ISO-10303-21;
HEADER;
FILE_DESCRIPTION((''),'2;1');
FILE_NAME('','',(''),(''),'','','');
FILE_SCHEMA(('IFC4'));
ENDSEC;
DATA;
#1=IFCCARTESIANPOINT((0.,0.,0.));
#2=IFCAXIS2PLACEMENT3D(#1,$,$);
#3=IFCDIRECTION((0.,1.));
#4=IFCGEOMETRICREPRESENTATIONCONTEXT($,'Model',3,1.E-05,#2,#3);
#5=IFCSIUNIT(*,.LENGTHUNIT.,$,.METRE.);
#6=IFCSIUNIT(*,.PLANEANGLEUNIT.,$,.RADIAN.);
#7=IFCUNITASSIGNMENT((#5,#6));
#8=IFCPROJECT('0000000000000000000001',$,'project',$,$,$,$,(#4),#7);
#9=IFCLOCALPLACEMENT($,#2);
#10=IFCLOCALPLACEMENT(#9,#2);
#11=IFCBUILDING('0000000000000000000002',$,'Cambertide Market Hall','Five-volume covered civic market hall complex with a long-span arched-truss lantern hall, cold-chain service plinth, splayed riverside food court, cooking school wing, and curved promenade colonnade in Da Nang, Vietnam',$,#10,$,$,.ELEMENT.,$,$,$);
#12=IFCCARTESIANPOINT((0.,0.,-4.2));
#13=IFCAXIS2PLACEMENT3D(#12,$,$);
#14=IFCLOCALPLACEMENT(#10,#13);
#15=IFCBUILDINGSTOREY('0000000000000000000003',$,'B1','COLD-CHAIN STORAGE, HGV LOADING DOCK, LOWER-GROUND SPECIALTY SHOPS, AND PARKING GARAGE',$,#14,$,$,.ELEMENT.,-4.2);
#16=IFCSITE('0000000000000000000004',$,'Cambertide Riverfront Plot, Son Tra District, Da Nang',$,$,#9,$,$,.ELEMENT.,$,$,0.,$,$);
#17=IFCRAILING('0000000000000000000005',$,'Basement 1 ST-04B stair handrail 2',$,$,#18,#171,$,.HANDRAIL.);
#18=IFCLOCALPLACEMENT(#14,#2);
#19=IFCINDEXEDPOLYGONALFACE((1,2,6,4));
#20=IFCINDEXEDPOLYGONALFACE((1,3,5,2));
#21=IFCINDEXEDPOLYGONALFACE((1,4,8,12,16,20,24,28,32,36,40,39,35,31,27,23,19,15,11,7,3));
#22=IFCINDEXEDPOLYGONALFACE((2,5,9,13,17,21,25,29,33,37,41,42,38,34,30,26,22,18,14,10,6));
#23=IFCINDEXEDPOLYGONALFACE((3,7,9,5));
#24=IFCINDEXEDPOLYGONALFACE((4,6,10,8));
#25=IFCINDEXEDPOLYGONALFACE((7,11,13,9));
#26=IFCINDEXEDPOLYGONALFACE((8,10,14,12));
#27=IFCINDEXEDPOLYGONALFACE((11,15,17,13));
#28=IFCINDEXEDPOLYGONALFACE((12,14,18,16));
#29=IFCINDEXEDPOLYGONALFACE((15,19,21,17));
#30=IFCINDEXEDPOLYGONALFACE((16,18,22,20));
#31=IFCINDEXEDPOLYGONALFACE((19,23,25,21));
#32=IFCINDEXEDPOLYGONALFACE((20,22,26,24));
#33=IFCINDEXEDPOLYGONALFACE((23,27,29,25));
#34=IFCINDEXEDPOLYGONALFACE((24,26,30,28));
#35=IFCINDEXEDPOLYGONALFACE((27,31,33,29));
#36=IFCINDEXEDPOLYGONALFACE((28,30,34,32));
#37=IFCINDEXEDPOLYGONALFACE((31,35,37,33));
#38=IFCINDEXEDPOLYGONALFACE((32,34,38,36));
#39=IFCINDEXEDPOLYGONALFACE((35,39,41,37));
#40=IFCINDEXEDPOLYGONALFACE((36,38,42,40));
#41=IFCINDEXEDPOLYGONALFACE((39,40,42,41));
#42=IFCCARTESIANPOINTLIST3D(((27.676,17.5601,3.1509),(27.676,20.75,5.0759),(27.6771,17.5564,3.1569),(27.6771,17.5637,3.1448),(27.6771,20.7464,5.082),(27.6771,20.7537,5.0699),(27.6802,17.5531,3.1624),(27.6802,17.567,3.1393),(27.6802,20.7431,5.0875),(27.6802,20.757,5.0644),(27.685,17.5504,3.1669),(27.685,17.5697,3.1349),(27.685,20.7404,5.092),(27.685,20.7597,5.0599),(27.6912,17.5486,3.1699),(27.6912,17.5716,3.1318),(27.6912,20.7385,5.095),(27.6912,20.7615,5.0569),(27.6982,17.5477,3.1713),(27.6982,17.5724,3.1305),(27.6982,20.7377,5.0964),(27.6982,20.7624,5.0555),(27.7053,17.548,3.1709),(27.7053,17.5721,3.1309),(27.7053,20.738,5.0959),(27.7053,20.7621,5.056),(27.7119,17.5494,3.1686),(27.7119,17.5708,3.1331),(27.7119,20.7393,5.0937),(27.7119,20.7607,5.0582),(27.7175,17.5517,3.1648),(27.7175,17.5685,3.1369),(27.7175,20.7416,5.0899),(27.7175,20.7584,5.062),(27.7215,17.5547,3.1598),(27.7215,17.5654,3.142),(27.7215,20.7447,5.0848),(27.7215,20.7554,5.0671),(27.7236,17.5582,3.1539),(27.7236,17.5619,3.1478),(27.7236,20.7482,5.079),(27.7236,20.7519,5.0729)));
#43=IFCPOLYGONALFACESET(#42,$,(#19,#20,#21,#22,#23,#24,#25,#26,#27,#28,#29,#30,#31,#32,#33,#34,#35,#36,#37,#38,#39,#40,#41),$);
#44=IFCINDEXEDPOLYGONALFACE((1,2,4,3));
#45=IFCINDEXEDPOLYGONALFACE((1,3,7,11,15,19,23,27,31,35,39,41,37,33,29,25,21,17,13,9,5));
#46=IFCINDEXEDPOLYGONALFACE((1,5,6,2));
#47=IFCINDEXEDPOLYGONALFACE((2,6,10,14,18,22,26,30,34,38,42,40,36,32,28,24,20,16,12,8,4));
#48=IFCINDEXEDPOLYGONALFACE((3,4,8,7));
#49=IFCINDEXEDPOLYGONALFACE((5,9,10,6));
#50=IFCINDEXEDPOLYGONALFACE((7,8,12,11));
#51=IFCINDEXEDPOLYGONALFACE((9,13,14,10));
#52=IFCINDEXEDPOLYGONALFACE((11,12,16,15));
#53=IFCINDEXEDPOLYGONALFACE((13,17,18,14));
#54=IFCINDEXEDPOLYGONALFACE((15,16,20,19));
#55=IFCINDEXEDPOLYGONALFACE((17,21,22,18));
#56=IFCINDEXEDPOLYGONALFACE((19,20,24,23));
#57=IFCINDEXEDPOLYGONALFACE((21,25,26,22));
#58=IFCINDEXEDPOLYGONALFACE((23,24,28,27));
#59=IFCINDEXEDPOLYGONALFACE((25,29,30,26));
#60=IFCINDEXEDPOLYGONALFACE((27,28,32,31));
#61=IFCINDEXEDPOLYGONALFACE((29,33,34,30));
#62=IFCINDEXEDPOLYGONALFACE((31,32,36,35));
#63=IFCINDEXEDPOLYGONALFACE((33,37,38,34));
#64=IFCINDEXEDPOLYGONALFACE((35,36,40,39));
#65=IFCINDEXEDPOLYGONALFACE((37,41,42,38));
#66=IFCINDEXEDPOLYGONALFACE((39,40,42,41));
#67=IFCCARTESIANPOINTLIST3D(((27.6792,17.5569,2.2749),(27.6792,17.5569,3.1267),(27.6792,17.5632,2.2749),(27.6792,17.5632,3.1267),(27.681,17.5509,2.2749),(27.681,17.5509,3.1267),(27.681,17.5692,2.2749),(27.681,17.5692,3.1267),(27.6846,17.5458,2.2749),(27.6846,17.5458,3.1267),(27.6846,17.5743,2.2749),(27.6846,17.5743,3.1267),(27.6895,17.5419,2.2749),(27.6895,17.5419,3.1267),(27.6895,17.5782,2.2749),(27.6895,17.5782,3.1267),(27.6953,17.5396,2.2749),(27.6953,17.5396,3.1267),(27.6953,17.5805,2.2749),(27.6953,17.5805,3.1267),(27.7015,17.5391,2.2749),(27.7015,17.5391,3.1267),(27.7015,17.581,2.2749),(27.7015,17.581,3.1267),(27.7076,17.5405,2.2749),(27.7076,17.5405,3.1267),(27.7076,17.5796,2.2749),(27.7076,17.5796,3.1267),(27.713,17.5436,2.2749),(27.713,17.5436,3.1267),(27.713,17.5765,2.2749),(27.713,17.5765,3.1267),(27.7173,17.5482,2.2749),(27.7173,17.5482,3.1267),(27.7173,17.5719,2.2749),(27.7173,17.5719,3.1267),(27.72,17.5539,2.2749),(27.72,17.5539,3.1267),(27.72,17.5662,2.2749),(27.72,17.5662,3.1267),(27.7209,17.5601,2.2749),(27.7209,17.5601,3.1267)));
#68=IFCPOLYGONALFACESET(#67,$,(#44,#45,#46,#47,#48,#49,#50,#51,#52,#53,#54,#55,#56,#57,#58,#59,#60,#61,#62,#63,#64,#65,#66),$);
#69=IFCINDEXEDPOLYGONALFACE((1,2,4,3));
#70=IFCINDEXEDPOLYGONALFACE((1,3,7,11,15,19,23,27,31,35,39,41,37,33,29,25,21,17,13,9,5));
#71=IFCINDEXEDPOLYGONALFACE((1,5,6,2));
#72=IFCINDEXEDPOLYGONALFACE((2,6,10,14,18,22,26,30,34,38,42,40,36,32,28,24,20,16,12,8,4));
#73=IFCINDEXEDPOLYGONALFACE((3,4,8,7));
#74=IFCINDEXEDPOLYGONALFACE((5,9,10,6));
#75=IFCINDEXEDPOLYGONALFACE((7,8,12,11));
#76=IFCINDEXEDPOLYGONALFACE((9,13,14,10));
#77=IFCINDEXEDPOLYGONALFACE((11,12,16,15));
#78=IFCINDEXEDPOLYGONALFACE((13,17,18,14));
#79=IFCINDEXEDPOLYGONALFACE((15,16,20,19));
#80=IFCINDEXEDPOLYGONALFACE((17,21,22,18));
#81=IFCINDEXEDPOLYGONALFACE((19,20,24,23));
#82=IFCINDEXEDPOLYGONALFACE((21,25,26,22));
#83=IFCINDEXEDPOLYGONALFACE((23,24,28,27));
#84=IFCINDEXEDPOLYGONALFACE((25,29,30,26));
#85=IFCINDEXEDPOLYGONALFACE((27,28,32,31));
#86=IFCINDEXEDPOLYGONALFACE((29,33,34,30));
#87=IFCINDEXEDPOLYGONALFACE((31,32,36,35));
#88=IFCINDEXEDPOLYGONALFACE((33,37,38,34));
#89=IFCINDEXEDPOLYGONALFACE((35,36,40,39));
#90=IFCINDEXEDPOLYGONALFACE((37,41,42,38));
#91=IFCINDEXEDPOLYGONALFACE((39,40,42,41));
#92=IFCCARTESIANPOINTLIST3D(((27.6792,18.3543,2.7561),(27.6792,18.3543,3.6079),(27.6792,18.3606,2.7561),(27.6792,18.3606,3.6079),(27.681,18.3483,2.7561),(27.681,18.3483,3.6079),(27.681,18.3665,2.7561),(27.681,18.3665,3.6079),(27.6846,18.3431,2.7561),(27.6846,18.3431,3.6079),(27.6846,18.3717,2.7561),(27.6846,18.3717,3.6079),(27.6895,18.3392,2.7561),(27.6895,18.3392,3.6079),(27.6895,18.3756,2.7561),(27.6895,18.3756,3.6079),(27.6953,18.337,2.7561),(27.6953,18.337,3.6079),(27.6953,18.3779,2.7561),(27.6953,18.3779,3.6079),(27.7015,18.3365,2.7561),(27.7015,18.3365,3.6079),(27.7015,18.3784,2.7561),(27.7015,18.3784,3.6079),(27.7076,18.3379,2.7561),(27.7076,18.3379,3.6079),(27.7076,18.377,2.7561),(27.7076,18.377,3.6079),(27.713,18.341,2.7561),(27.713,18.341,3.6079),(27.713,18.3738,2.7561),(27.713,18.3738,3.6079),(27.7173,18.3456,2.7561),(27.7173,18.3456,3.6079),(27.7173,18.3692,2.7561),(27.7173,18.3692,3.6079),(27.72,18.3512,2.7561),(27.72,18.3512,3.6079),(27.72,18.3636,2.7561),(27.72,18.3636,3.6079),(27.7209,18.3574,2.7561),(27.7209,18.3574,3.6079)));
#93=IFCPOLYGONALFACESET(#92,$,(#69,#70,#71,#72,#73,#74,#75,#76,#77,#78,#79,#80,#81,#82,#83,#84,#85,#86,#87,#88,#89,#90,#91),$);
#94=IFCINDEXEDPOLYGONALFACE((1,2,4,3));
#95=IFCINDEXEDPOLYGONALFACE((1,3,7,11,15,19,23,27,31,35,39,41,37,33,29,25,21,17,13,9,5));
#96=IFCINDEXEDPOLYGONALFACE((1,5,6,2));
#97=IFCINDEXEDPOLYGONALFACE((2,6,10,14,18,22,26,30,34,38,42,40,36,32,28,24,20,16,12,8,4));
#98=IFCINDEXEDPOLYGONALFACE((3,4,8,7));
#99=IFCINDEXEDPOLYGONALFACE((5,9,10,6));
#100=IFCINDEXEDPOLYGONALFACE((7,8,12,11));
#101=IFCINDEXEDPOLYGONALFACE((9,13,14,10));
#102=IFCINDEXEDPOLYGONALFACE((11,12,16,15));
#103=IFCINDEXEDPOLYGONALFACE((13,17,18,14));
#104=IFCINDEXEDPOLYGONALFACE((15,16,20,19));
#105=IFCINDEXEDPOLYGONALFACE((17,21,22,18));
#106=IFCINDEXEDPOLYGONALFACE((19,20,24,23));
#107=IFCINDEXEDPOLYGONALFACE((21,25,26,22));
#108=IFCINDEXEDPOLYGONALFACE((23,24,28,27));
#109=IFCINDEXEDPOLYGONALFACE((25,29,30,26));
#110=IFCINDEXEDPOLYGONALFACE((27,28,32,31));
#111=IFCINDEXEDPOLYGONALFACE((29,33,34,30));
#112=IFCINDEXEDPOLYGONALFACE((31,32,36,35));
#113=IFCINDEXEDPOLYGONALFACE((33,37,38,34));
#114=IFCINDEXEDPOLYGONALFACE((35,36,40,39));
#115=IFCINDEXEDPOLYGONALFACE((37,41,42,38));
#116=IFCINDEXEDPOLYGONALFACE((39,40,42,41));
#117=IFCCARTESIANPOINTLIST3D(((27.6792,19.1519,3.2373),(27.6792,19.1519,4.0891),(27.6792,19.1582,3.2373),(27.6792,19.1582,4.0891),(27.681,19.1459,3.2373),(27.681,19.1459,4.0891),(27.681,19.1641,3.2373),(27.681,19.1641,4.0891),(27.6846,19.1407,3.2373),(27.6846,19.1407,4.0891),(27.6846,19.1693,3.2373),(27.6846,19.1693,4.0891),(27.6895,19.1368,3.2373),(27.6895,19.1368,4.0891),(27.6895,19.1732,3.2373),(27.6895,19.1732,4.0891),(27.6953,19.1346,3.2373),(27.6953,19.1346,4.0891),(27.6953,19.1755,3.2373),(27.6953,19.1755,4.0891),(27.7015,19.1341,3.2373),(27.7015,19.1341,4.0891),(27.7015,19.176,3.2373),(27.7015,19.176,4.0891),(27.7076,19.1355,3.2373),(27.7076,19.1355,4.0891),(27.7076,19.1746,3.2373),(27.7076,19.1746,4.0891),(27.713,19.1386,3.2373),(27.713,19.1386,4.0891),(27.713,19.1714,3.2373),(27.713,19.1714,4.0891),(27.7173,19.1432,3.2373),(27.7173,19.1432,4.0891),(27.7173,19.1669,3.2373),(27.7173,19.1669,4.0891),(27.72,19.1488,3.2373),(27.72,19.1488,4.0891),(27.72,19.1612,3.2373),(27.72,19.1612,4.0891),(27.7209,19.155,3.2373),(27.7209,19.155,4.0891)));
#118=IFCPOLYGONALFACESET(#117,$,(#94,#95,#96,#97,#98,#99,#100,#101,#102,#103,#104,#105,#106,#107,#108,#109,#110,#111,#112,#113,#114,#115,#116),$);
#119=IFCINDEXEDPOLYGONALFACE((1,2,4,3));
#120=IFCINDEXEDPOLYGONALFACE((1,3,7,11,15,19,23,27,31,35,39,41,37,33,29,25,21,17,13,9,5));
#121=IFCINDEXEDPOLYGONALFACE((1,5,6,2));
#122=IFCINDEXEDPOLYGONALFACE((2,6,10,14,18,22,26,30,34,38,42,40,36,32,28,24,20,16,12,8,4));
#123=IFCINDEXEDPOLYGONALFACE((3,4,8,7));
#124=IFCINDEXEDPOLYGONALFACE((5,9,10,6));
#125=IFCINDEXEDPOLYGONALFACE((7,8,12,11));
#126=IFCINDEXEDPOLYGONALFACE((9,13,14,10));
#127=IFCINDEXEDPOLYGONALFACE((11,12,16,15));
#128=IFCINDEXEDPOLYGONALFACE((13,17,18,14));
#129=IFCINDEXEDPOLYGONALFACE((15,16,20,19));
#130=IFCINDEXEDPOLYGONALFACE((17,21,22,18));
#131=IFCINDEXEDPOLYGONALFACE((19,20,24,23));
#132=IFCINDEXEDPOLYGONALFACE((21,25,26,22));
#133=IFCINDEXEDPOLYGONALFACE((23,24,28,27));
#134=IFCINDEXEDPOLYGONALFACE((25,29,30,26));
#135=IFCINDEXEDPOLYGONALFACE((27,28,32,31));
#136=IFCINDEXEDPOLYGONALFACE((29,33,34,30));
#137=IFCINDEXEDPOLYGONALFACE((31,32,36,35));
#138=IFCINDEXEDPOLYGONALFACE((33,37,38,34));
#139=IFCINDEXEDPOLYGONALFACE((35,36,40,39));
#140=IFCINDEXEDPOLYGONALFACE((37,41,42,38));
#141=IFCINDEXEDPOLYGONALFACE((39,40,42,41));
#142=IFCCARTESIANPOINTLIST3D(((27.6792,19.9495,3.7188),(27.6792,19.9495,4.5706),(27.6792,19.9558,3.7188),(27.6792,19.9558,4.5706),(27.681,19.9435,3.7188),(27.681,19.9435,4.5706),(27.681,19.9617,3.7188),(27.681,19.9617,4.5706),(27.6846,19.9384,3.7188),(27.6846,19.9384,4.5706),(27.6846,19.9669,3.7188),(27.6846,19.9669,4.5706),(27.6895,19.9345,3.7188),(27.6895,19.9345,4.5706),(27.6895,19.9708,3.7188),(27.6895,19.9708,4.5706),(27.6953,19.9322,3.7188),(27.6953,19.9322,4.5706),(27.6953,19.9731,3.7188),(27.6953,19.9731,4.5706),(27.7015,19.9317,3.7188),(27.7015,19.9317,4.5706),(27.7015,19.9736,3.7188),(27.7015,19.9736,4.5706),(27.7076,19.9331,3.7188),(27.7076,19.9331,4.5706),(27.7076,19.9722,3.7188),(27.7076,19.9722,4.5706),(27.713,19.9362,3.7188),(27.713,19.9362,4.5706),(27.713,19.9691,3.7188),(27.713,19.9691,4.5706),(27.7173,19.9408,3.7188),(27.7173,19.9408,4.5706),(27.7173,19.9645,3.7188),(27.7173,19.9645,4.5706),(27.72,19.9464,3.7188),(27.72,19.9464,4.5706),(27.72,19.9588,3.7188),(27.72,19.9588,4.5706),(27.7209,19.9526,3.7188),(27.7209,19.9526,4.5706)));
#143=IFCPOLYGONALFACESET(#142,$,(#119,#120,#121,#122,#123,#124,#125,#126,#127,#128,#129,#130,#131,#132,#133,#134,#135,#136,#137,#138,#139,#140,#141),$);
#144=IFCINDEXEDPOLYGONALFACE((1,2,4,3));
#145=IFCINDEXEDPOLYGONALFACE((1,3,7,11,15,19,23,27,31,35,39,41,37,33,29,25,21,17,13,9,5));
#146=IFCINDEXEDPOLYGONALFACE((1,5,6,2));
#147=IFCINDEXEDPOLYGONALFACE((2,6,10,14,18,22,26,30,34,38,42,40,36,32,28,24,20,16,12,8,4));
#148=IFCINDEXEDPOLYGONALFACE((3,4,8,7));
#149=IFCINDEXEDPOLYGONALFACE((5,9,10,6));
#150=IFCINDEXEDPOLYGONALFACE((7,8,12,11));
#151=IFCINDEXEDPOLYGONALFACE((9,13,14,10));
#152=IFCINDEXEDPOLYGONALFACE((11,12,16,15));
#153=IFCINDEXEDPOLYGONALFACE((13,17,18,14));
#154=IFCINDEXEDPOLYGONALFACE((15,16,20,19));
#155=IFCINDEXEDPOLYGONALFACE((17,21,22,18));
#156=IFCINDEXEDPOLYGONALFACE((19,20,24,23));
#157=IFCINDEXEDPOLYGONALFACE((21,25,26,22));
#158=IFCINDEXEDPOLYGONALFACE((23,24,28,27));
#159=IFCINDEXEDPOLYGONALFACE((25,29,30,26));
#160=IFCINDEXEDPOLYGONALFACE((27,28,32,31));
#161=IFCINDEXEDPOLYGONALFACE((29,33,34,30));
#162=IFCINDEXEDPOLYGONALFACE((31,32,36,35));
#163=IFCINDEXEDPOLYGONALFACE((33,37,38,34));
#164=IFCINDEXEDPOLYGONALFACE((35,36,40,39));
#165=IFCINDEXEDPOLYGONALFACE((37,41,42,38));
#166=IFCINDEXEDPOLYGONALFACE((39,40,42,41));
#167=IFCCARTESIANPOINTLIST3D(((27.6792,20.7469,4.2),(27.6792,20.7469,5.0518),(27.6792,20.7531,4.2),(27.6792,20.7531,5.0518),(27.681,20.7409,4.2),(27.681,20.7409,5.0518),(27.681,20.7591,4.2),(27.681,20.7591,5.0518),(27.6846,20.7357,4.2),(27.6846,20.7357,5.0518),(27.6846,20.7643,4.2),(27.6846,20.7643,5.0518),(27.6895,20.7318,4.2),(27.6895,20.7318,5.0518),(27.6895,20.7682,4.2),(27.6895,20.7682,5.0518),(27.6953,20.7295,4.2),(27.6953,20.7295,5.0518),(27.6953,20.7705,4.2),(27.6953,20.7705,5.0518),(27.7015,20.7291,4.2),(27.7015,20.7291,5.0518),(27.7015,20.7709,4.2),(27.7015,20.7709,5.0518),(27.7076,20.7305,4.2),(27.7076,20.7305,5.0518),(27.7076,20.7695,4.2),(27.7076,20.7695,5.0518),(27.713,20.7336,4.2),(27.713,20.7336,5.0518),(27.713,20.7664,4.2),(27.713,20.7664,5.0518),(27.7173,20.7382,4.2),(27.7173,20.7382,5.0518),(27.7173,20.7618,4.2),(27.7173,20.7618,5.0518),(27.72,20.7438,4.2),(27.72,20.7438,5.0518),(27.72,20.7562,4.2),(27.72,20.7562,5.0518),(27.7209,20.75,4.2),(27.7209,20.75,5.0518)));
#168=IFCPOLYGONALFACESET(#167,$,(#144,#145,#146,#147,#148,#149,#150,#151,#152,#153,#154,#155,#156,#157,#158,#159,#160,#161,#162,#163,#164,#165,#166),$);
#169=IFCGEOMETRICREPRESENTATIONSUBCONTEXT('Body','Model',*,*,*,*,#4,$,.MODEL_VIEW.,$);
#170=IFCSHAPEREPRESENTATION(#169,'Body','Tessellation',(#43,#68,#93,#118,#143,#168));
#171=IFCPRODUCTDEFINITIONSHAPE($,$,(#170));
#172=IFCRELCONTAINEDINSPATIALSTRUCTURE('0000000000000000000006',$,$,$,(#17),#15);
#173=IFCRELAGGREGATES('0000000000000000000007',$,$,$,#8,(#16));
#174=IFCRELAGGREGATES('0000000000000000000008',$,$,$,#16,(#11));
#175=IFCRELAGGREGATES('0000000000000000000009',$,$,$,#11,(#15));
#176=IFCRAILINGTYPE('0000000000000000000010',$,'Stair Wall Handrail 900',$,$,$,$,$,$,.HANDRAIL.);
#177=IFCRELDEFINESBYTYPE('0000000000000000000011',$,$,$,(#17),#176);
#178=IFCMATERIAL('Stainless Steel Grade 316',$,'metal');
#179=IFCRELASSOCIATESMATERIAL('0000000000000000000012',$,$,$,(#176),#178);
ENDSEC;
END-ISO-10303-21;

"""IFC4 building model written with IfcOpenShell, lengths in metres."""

from ifc_helpers import new_model, si_unit, direction, frame, origin, origin_2d, place, context, subcontext, project, spatial, circle, extrude, material, type_object, element, save


model = new_model("IFC4")

# Units and contexts
model_context = context("Model", 3, precision=1e-05, world=origin(), true_north=direction((0.0, 1.0)))
body_context = subcontext(model_context, "Body", "Model", "MODEL_VIEW")
ifc_project = project(units=[si_unit("LENGTHUNIT", "METRE"), si_unit("PLANEANGLEUNIT", "RADIAN")], contexts=[model_context])

# Site, building, storey
site_placement = place(None, origin())
site = spatial("IfcSite", under=ifc_project, at=site_placement, Name="Cambertide Riverfront Plot, Son Tra District, Da Nang", CompositionType="ELEMENT", RefElevation=0.0)
building_placement = place(site_placement, origin())
building = spatial("IfcBuilding", under=site, at=building_placement, Name="Cambertide Market Hall", Description="Five-volume covered civic market hall complex with a long-span arched-truss lantern hall, cold-chain service plinth, splayed riverside food court, cooking school wing, and curved promenade colonnade in Da Nang, Vietnam", CompositionType="ELEMENT")
storey_placement = place(building_placement, frame((0.0, 0.0, -4.2)))
storey = spatial("IfcBuildingStorey", under=building, at=storey_placement, Name="B1", Description="COLD-CHAIN STORAGE, HGV LOADING DOCK, LOWER-GROUND SPECIALTY SHOPS, AND PARKING GARAGE", CompositionType="ELEMENT", Elevation=-4.2)

# Railing
ifc_material_1 = material(Name="Stainless Steel Grade 316", Category="metal")
railing_type_1 = type_object("IfcRailingType", Name="Stair Wall Handrail 900", PredefinedType="HANDRAIL", material=ifc_material_1)
railing_1_placement = place(storey_placement, frame((27.7, 17.5601, 2.2749)))
element("IfcRailing", 1, at=railing_1_placement, inside=storey, type_object=railing_type_1, Name="Basement 1 ST-04B stair handrail 2", PredefinedType="HANDRAIL", context=body_context, shape_type="SweptSolid", body=[
    extrude(circle(Radius=0.0239, at=origin_2d()), frame((0.0, 0.0, 0.876), z_axis=(0.0, 0.856178, 0.516682), x_axis=(-1.0, 0.0, 0.0)), (0.0, 0.0, 1.0), 3.7258),
    extrude(circle(Radius=0.021, at=origin_2d()), origin(), (0.0, 0.0, 1.0), 0.8518),
    extrude(circle(Radius=0.021, at=origin_2d()), frame((0.0, 0.7974, 0.4812)), (0.0, 0.0, 1.0), 0.8518),
    extrude(circle(Radius=0.021, at=origin_2d()), frame((0.0, 1.595, 0.9624)), (0.0, 0.0, 1.0), 0.8518),
    extrude(circle(Radius=0.021, at=origin_2d()), frame((0.0, 2.3926, 1.4438)), (0.0, 0.0, 1.0), 0.8518),
    extrude(circle(Radius=0.021, at=origin_2d()), frame((0.0, 3.1899, 1.925)), (0.0, 0.0, 1.0), 0.8518),
])

save(model, "model.ifc")
